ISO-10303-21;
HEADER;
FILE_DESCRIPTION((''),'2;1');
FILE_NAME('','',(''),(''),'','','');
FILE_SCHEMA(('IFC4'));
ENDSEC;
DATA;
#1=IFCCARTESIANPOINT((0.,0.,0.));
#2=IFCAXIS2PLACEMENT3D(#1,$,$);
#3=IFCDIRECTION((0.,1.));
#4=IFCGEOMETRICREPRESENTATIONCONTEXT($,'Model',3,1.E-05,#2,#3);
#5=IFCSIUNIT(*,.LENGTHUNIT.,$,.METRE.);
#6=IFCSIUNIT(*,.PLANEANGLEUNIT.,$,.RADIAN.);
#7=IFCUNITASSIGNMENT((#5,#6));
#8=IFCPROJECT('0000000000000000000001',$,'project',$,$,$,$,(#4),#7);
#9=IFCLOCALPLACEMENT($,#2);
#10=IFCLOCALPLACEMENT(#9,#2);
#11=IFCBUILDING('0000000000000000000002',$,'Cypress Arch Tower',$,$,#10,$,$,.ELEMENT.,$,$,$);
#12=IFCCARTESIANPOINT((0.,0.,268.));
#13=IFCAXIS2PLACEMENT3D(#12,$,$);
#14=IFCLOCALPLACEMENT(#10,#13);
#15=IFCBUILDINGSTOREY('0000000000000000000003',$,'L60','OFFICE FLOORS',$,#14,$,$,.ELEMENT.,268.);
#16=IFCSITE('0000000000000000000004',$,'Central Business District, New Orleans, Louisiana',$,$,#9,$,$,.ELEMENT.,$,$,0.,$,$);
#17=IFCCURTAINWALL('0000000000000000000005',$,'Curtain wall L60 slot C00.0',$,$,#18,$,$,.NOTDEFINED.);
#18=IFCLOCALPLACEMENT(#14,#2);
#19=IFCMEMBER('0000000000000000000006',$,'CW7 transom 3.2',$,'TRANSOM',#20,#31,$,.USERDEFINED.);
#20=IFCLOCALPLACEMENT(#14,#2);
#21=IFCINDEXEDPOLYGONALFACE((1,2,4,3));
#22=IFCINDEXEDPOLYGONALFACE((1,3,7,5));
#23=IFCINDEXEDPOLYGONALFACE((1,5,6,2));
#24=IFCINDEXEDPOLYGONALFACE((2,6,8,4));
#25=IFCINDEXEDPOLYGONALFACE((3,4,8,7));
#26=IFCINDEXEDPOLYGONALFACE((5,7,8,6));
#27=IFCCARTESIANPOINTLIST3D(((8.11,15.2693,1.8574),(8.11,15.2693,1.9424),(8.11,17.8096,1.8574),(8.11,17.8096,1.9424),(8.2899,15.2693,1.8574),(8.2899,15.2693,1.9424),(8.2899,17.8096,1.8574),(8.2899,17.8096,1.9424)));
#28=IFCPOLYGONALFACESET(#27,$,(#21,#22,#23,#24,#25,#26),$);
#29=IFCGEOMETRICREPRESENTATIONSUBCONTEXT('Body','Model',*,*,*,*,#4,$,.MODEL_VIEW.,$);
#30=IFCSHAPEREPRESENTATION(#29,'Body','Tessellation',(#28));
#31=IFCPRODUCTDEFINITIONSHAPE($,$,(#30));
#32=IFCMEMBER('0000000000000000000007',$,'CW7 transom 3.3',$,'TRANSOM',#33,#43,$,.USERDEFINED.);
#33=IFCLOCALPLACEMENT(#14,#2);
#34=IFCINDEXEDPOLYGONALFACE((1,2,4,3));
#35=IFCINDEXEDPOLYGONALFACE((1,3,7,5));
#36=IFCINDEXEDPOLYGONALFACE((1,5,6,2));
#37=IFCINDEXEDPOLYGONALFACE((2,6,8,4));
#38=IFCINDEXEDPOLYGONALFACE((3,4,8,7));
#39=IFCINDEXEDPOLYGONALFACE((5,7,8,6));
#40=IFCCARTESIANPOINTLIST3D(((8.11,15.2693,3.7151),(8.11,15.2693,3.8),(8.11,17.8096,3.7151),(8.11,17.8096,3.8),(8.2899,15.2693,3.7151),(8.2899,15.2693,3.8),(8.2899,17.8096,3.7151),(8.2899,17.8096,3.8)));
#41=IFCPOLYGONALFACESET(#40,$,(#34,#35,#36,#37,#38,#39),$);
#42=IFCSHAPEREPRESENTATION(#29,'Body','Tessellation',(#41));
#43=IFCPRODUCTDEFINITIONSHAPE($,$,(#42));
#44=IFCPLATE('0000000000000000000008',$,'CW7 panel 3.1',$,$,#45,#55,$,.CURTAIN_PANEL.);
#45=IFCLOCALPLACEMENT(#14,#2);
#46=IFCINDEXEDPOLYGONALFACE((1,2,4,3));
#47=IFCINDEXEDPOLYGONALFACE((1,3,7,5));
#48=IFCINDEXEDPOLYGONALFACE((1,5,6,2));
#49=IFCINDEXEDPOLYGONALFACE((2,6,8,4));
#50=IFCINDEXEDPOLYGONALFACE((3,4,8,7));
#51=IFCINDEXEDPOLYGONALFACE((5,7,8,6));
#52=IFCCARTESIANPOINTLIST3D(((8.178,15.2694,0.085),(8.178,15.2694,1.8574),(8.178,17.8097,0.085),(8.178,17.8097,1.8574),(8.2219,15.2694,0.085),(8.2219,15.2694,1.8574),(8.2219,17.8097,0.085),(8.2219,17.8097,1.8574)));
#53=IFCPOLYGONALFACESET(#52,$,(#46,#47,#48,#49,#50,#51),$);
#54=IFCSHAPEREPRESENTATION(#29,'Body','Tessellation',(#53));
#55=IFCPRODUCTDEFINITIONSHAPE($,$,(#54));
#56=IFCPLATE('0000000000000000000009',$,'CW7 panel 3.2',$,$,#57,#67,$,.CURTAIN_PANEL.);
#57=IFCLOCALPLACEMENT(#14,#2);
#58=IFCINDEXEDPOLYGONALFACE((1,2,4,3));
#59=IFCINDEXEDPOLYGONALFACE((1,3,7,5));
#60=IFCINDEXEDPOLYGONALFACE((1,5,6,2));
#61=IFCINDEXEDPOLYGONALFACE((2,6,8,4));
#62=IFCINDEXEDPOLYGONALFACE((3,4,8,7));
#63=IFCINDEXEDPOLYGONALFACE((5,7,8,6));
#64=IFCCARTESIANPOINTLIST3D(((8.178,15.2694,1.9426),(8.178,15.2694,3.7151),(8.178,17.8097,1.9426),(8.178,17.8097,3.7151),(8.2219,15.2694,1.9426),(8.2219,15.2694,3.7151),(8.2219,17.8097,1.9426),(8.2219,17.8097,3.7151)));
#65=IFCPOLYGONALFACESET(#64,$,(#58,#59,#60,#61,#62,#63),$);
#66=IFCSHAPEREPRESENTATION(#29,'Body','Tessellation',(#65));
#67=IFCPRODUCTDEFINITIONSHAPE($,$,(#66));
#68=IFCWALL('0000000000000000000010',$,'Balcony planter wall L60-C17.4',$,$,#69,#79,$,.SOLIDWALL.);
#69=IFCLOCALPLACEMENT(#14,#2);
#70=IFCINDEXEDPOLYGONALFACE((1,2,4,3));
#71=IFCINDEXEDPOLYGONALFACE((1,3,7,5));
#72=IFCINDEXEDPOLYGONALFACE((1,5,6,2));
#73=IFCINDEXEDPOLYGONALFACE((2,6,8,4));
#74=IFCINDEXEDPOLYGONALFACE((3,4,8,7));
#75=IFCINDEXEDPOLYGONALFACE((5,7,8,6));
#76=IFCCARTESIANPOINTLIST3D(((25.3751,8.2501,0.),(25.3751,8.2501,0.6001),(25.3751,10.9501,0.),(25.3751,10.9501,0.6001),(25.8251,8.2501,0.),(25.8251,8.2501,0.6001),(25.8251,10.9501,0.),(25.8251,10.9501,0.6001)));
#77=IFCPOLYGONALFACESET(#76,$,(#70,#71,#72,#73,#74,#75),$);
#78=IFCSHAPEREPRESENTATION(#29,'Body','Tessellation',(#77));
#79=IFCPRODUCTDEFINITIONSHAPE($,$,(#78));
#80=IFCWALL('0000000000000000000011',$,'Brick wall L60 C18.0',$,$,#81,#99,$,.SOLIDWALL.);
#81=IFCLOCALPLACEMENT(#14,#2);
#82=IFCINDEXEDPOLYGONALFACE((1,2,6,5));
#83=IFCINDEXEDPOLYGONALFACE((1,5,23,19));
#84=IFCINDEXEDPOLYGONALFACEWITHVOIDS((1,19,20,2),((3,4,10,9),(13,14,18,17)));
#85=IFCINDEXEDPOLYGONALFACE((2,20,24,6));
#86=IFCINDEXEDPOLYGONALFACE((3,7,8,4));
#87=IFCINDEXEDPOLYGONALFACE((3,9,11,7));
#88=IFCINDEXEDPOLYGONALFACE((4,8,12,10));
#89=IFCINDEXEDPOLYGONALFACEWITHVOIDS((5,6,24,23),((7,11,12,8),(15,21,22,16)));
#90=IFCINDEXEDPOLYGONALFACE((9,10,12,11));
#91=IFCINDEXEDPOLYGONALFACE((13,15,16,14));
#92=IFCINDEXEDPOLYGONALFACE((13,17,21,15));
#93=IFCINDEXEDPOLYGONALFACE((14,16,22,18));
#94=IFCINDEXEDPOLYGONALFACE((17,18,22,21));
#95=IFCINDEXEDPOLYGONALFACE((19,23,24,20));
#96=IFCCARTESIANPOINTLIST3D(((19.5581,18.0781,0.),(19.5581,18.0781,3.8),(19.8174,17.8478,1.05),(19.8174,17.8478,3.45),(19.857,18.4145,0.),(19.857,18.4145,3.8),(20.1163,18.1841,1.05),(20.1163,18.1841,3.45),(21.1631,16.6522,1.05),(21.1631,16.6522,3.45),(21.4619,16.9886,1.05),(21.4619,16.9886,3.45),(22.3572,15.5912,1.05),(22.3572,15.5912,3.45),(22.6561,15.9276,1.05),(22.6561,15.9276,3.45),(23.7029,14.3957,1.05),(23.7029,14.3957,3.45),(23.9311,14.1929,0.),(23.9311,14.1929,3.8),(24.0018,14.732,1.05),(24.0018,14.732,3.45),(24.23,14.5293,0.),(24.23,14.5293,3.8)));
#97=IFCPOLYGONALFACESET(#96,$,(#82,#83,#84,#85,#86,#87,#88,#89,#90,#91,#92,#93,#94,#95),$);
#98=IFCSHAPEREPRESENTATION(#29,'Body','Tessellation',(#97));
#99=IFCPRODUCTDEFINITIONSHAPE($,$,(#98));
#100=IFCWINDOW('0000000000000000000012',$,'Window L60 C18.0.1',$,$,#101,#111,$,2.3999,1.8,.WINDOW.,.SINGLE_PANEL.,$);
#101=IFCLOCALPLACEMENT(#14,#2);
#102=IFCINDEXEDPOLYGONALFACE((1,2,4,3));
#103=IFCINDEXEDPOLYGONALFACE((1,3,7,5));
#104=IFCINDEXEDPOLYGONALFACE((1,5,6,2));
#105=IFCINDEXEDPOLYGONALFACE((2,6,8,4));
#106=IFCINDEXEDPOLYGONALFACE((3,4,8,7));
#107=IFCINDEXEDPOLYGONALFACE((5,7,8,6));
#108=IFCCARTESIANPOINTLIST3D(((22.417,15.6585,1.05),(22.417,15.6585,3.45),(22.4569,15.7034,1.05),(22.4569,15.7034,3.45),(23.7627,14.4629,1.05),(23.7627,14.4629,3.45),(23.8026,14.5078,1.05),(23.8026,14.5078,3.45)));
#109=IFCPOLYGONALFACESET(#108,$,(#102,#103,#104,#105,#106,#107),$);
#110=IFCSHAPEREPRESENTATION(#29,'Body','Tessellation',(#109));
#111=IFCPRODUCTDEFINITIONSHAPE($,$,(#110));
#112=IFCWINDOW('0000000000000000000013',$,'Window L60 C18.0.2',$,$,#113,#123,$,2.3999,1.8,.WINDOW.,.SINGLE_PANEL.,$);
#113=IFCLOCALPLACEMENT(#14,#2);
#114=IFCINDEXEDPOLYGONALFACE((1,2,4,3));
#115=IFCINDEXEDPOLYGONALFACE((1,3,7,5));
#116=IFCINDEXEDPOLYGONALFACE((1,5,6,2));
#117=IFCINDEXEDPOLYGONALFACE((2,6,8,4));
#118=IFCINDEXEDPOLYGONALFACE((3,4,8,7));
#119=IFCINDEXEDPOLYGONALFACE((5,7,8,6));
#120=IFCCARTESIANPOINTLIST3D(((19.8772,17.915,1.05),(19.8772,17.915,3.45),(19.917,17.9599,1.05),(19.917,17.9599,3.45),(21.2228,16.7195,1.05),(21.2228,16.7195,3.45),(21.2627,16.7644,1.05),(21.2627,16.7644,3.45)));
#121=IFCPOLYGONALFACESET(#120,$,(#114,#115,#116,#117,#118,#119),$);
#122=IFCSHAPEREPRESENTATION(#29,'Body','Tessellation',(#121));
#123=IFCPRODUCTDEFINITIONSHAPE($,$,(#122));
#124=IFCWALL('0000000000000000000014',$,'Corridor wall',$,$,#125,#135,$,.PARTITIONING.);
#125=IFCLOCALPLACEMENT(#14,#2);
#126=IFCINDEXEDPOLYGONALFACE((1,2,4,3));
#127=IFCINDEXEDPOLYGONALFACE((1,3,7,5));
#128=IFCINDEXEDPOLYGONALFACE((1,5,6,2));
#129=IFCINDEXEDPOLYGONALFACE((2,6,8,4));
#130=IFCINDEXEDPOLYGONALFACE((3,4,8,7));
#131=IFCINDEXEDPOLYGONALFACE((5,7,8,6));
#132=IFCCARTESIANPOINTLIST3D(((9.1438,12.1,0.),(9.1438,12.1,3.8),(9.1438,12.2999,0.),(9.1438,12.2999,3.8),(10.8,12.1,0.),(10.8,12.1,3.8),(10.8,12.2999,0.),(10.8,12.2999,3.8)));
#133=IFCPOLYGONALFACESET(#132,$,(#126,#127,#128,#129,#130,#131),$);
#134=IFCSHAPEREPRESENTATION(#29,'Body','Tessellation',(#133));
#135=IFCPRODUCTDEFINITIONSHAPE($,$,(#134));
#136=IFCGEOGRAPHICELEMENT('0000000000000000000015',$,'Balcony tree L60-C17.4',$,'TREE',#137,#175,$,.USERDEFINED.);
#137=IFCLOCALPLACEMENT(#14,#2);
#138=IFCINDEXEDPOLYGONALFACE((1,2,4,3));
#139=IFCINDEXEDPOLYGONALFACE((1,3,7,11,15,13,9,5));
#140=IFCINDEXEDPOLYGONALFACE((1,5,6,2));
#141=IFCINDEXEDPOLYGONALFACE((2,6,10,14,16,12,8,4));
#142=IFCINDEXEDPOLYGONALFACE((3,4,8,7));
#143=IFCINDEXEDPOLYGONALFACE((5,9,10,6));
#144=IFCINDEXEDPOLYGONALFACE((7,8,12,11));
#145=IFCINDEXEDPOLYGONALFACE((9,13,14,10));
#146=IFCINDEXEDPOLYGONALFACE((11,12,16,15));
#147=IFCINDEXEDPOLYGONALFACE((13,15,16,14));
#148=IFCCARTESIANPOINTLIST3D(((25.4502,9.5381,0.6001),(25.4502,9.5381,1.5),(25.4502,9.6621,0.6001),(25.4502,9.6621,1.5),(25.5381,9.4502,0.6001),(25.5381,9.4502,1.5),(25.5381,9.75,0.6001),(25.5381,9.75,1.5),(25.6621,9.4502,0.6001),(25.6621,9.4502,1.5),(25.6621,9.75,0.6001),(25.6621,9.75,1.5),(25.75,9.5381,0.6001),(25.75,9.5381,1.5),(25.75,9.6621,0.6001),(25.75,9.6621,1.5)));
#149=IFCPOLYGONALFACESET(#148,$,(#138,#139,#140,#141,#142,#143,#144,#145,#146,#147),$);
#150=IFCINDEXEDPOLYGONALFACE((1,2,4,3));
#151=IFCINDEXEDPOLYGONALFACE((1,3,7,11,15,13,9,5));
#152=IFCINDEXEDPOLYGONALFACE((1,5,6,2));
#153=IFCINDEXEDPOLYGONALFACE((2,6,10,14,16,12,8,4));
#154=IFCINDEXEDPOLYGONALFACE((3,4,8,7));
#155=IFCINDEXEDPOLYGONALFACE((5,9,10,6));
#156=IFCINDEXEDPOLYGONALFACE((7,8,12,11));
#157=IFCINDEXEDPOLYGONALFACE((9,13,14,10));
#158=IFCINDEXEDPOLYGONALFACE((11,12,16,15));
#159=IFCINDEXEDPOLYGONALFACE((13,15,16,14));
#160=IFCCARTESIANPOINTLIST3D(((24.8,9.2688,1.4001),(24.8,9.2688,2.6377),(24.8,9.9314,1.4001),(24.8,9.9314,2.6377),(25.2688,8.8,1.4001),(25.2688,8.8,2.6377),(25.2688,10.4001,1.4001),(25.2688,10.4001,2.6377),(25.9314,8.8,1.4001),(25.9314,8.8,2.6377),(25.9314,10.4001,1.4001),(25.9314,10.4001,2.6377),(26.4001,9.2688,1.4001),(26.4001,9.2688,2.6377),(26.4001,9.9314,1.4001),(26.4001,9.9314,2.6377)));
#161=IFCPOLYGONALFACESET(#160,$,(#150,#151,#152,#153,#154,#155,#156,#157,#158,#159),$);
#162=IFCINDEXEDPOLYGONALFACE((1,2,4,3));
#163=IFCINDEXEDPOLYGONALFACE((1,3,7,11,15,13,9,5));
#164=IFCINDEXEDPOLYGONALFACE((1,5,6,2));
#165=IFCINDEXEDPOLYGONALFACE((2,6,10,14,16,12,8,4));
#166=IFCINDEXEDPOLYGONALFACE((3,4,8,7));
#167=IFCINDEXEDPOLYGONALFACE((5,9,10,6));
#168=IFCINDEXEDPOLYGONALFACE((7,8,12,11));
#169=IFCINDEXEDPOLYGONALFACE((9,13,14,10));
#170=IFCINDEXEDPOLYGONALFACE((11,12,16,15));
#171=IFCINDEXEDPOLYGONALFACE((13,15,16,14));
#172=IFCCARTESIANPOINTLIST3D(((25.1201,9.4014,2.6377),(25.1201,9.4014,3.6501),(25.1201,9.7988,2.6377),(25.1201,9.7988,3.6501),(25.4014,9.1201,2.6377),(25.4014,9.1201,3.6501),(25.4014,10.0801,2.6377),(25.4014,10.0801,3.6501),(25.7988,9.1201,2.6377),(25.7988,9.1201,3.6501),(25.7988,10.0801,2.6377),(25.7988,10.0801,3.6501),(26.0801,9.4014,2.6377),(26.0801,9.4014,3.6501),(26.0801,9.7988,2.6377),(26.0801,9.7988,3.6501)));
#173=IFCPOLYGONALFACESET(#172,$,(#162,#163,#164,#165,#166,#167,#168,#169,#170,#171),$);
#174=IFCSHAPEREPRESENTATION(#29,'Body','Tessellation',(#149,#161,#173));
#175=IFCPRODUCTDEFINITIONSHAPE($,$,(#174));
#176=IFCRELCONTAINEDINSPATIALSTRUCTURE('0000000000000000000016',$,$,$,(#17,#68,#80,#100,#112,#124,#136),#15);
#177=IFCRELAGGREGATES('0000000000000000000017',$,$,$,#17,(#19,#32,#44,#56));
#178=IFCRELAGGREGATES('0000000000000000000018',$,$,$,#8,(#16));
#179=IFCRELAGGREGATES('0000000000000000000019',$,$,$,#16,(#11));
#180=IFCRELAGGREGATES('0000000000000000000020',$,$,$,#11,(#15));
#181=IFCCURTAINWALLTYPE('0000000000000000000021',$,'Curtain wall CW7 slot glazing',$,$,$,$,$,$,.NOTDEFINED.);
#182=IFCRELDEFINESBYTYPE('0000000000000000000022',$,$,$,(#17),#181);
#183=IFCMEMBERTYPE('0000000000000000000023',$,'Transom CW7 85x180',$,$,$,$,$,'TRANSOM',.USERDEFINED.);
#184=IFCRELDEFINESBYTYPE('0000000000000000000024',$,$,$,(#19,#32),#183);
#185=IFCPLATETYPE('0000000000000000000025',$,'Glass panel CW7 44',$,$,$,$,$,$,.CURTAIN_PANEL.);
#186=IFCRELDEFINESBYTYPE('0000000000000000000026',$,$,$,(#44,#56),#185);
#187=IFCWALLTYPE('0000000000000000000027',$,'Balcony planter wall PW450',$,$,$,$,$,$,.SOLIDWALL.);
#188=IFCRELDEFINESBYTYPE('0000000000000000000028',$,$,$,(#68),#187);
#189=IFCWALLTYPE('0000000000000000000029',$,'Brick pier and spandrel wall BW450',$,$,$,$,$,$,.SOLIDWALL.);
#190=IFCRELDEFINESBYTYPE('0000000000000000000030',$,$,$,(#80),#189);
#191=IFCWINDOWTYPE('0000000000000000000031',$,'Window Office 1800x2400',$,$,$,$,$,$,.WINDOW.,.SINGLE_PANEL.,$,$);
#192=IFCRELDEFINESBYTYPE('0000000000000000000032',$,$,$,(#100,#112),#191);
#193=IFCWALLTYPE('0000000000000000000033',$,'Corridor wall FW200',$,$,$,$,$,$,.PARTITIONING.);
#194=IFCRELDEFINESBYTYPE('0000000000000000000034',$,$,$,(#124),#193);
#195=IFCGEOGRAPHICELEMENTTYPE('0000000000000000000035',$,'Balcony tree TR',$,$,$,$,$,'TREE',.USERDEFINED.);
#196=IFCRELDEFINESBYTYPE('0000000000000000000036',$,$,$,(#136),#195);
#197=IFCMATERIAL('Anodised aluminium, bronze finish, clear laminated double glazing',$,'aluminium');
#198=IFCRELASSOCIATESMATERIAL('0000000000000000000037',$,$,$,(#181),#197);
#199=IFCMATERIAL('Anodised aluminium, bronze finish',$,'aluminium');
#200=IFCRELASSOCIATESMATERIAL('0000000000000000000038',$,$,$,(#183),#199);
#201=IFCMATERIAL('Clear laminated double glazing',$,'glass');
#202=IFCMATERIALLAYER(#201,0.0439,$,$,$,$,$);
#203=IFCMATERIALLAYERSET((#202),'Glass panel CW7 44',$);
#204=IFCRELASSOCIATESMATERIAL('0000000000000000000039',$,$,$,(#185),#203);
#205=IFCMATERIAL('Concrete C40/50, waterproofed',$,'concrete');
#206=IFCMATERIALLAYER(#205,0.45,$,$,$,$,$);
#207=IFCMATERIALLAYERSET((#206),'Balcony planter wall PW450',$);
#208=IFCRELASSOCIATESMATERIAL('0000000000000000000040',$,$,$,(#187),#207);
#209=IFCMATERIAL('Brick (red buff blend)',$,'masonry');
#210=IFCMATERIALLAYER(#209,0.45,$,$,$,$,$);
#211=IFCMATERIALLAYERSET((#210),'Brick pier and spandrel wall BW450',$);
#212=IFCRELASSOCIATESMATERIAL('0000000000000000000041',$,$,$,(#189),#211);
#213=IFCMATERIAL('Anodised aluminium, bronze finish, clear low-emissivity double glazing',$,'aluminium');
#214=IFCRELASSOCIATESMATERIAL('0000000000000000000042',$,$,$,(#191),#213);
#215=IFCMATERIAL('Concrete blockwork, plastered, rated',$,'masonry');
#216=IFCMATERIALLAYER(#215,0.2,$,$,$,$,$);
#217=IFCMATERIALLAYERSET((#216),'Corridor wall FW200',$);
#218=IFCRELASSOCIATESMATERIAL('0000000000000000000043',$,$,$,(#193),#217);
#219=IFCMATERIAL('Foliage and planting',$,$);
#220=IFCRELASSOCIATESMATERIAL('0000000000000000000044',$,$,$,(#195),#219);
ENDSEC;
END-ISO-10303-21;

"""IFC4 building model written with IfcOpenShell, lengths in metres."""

from ifc_helpers import new_model, si_unit, direction, frame, frame_2d, origin, origin_2d, place, context, subcontext, project, spatial, polyline, rectangle, outline, extrude, material, layer, layer_set, material_profile, profile_set, type_object, element, fill, aggregate, save


model = new_model("IFC4")

# Units and contexts
model_context = context("Model", 3, precision=1e-05, world=origin(), true_north=direction((0.0, 1.0)))
body_context = subcontext(model_context, "Body", "Model", "MODEL_VIEW")
ifc_project = project(units=[si_unit("LENGTHUNIT", "METRE"), si_unit("PLANEANGLEUNIT", "RADIAN")], contexts=[model_context])

# Site, building, storey
site_placement = place(None, origin())
site = spatial("IfcSite", under=ifc_project, at=site_placement, Name="Central Business District, New Orleans, Louisiana", CompositionType="ELEMENT", RefElevation=0.0)
building_placement = place(site_placement, origin())
building = spatial("IfcBuilding", under=site, at=building_placement, Name="Cypress Arch Tower", CompositionType="ELEMENT")
storey_placement = place(building_placement, frame((0.0, 0.0, 268.0)))
storey = spatial("IfcBuildingStorey", under=building, at=storey_placement, Name="L60", Description="OFFICE FLOORS", CompositionType="ELEMENT", Elevation=268.0)

# Curtain wall
ifc_material_1 = material(Name="Anodised aluminium, bronze finish, clear laminated double glazing", Category="aluminium")
curtain_wall_type = type_object("IfcCurtainWallType", Name="Curtain wall CW7 slot glazing", PredefinedType="NOTDEFINED", material=ifc_material_1)
curtain_wall_placement = place(storey_placement, origin())
curtain_wall = element("IfcCurtainWall", 1, at=curtain_wall_placement, inside=storey, type_object=curtain_wall_type, Name="Curtain wall L60 slot C00.0", PredefinedType="NOTDEFINED")

# Members
ifc_material_2 = material(Name="Anodised aluminium, bronze finish", Category="aluminium")
ifc_material_profile_1 = material_profile(ifc_material_2, rectangle(XDim=0.1799, YDim=0.085, at=origin_2d()), Name="Transom 85x180")
ifc_profile_set_1 = profile_set([ifc_material_profile_1], Name="Anodised aluminium, bronze finish")
member_type_1 = type_object("IfcMemberType", Name="Transom CW7 85x180", ElementType="TRANSOM", PredefinedType="USERDEFINED", material=ifc_profile_set_1)
member_1_placement = place(storey_placement, frame((8.2, 17.8096, 1.8999), z_axis=(0.0, -1.0, 0.0), x_axis=(1.0, 0.0, 0.0)))
member_1 = element("IfcMember", 2, at=member_1_placement, type_object=member_type_1, Name="CW7 transom 3.2", ObjectType="TRANSOM", PredefinedType="USERDEFINED", context=body_context, shape_type="SweptSolid", body=[
    extrude(rectangle(XDim=0.1799, YDim=0.085, at=origin_2d()), origin(), (0.0, 0.0, 1.0), 2.5403),
])
member_2_placement = place(storey_placement, frame((8.2, 17.8096, 3.7576), z_axis=(0.0, -1.0, 0.0), x_axis=(1.0, 0.0, 0.0)))
member_2 = element("IfcMember", 3, at=member_2_placement, type_object=member_type_1, Name="CW7 transom 3.3", ObjectType="TRANSOM", PredefinedType="USERDEFINED", context=body_context, shape_type="SweptSolid", body=[
    extrude(rectangle(XDim=0.1799, YDim=0.085, at=origin_2d()), origin(), (0.0, 0.0, 1.0), 2.5403),
])

# Plates
ifc_material_3 = material(Name="Clear laminated double glazing", Category="glass")
ifc_layer_1 = layer(ifc_material_3, 0.0439)
ifc_layer_set_1 = layer_set([ifc_layer_1], Name="Glass panel CW7 44")
plate_type = type_object("IfcPlateType", Name="Glass panel CW7 44", PredefinedType="CURTAIN_PANEL", material=ifc_layer_set_1)
plate_1_placement = place(storey_placement, frame((8.2, 16.5396, 0.085), z_axis=(0.0, 0.0, 1.0), x_axis=(0.0, -1.0, 0.0)))
plate_1 = element("IfcPlate", 4, at=plate_1_placement, type_object=plate_type, Name="CW7 panel 3.1", PredefinedType="CURTAIN_PANEL", context=body_context, shape_type="SweptSolid", body=[
    extrude(rectangle(XDim=2.5403, YDim=0.0439, at=origin_2d()), origin(), (0.0, 0.0, 1.0), 1.7725),
])
plate_2_placement = place(storey_placement, frame((8.2, 16.5396, 1.9426), z_axis=(0.0, 0.0, 1.0), x_axis=(0.0, -1.0, 0.0)))
plate_2 = element("IfcPlate", 5, at=plate_2_placement, type_object=plate_type, Name="CW7 panel 3.2", PredefinedType="CURTAIN_PANEL", context=body_context, shape_type="SweptSolid", body=[
    extrude(rectangle(XDim=2.5403, YDim=0.0439, at=origin_2d()), origin(), (0.0, 0.0, 1.0), 1.7725),
])
aggregate(curtain_wall, [member_1, member_2, plate_1, plate_2])

# Wall
ifc_material_4 = material(Name="Concrete C40/50, waterproofed", Category="concrete")
ifc_layer_2 = layer(ifc_material_4, 0.45)
ifc_layer_set_2 = layer_set([ifc_layer_2], Name="Balcony planter wall PW450")
wall_type_1 = type_object("IfcWallType", Name="Balcony planter wall PW450", PredefinedType="SOLIDWALL", material=ifc_layer_set_2)
wall_1_placement = place(storey_placement, frame((25.6001, 8.25, 0.0), z_axis=(0.0, 0.0, 1.0), x_axis=(0.0, 1.0, 0.0)))
element("IfcWall", 6, at=wall_1_placement, inside=storey, type_object=wall_type_1, Name="Balcony planter wall L60-C17.4", PredefinedType="SOLIDWALL", context=body_context, shape_type="SweptSolid", body=[
    extrude(rectangle(XDim=2.7, YDim=0.45, at=frame_2d((1.3501, 0.0))), origin(), (0.0, 0.0, 1.0), 0.6001),
])

# Shared definitions
ifc_material_5 = material(Name="Brick (red buff blend)", Category="masonry")
ifc_layer_3 = layer(ifc_material_5, 0.45)
ifc_layer_set_3 = layer_set([ifc_layer_3], Name="Brick pier and spandrel wall BW450")
wall_type_2 = type_object("IfcWallType", Name="Brick pier and spandrel wall BW450", PredefinedType="SOLIDWALL", material=ifc_layer_set_3)

# Wall, openings, windows
wall_2_placement = place(storey_placement, frame((24.0806, 14.3611, 0.0), z_axis=(0.0, 0.0, 1.0), x_axis=(-0.74757, 0.664182, 0.0)))
wall_2 = element("IfcWall", 7, at=wall_2_placement, inside=storey, type_object=wall_type_2, Name="Brick wall L60 C18.0", PredefinedType="SOLIDWALL", context=body_context, shape_type="SweptSolid", body=[
    extrude(rectangle(XDim=5.8496, YDim=0.45, at=frame_2d((2.9248, 0.0))), origin(), (0.0, 0.0, 1.0), 3.8),
])
opening_1_placement = place(wall_2_placement, frame((0.3054, 0.0, 1.05)))
opening_1 = element("IfcOpeningElement", 8, at=opening_1_placement, cuts=wall_2, PredefinedType="OPENING", context=body_context, shape_type="SweptSolid", body=[
    extrude(rectangle(XDim=1.8, YDim=2.3999, at=frame_2d((0.8999, 1.2))), frame((0.0, 0.2349, 0.0), z_axis=(0.0, -1.0, 0.0), x_axis=(1.0, 0.0, 0.0)), (0.0, 0.0, 1.0), 0.47),
])
opening_2_placement = place(wall_2_placement, frame((3.7029, 0.0, 1.05)))
opening_2 = element("IfcOpeningElement", 9, at=opening_2_placement, cuts=wall_2, PredefinedType="OPENING", context=body_context, shape_type="SweptSolid", body=[
    extrude(rectangle(XDim=1.8, YDim=2.3999, at=frame_2d((0.8999, 1.2))), frame((0.0, 0.2349, 0.0), z_axis=(0.0, -1.0, 0.0), x_axis=(1.0, 0.0, 0.0)), (0.0, 0.0, 1.0), 0.47),
])
ifc_material_6 = material(Name="Anodised aluminium, bronze finish, clear low-emissivity double glazing", Category="aluminium")
window_type_1 = type_object("IfcWindowType", Name="Window Office 1800x2400", PartitioningType="SINGLE_PANEL", PredefinedType="WINDOW", material=ifc_material_6)
window_1_placement = place(opening_1_placement, origin())
window_1 = element("IfcWindow", 10, at=window_1_placement, inside=storey, type_object=window_type_1, Name="Window L60 C18.0.1", OverallHeight=2.3999, OverallWidth=1.8, PartitioningType="SINGLE_PANEL", PredefinedType="WINDOW", context=body_context, shape_type="SweptSolid", body=[
    extrude(rectangle(XDim=1.8, YDim=2.3999, at=frame_2d((0.8999, 1.2))), frame((0.0, 0.135, 0.0), z_axis=(0.0, -1.0, 0.0), x_axis=(1.0, 0.0, 0.0)), (0.0, 0.0, 1.0), 0.0601),
])
fill(opening_1, window_1)
window_2_placement = place(opening_2_placement, origin())
window_2 = element("IfcWindow", 11, at=window_2_placement, inside=storey, type_object=window_type_1, Name="Window L60 C18.0.2", OverallHeight=2.3999, OverallWidth=1.8, PartitioningType="SINGLE_PANEL", PredefinedType="WINDOW", context=body_context, shape_type="SweptSolid", body=[
    extrude(rectangle(XDim=1.8, YDim=2.3999, at=frame_2d((0.8999, 1.2))), frame((0.0, 0.135, 0.0), z_axis=(0.0, -1.0, 0.0), x_axis=(1.0, 0.0, 0.0)), (0.0, 0.0, 1.0), 0.0601),
])
fill(opening_2, window_2)

# Wall
ifc_material_7 = material(Name="Concrete blockwork, plastered, rated", Category="masonry")
ifc_layer_4 = layer(ifc_material_7, 0.2)
ifc_layer_set_4 = layer_set([ifc_layer_4], Name="Corridor wall FW200")
wall_type_3 = type_object("IfcWallType", Name="Corridor wall FW200", PredefinedType="PARTITIONING", material=ifc_layer_set_4)
wall_3_placement = place(storey_placement, frame((9.1438, 12.2, 0.0), z_axis=(0.0, 0.0, 1.0), x_axis=(1.0, 0.0, 0.0)))
element("IfcWall", 12, at=wall_3_placement, inside=storey, type_object=wall_type_3, Name="Corridor wall", PredefinedType="PARTITIONING", context=body_context, shape_type="SweptSolid", body=[
    extrude(rectangle(XDim=1.6562, YDim=0.2, at=frame_2d((0.8281, 0.0))), origin(), (0.0, 0.0, 1.0), 3.8),
])

# Geographic element
ifc_material_8 = material(Name="Foliage and planting")
geographic_element_type = type_object("IfcGeographicElementType", Name="Balcony tree TR", ElementType="TREE", PredefinedType="USERDEFINED", material=ifc_material_8)
geographic_element_placement = place(storey_placement, frame((25.6001, 9.6001, 0.6001), z_axis=(0.0, 0.0, 1.0), x_axis=(1.0, 0.0, 0.0)))
element("IfcGeographicElement", 13, at=geographic_element_placement, inside=storey, type_object=geographic_element_type, Name="Balcony tree L60-C17.4", ObjectType="TREE", PredefinedType="USERDEFINED", context=body_context, shape_type="SweptSolid", body=[
    extrude(outline(polyline([(0.1499, 0.062), (0.062, 0.1499), (-0.062, 0.1499), (-0.1499, 0.062), (-0.1499, -0.062), (-0.062, -0.1499), (0.062, -0.1499), (0.1499, -0.062), (0.1499, 0.062)])), origin(), (0.0, 0.0, 1.0), 0.8999),
    extrude(outline(polyline([(0.8, 0.3313), (0.3313, 0.8), (-0.3313, 0.8), (-0.8, 0.3313), (-0.8, -0.3313), (-0.3313, -0.8), (0.3313, -0.8), (0.8, -0.3313), (0.8, 0.3313)])), frame((0.0, 0.0, 0.8)), (0.0, 0.0, 1.0), 1.2375),
    extrude(outline(polyline([(0.48, 0.1987), (0.1987, 0.48), (-0.1987, 0.48), (-0.48, 0.1987), (-0.48, -0.1987), (-0.1987, -0.48), (0.1987, -0.48), (0.48, -0.1987), (0.48, 0.1987)])), frame((0.0, 0.0, 2.0376)), (0.0, 0.0, 1.0), 1.0125),
])

save(model, "model.ifc")
